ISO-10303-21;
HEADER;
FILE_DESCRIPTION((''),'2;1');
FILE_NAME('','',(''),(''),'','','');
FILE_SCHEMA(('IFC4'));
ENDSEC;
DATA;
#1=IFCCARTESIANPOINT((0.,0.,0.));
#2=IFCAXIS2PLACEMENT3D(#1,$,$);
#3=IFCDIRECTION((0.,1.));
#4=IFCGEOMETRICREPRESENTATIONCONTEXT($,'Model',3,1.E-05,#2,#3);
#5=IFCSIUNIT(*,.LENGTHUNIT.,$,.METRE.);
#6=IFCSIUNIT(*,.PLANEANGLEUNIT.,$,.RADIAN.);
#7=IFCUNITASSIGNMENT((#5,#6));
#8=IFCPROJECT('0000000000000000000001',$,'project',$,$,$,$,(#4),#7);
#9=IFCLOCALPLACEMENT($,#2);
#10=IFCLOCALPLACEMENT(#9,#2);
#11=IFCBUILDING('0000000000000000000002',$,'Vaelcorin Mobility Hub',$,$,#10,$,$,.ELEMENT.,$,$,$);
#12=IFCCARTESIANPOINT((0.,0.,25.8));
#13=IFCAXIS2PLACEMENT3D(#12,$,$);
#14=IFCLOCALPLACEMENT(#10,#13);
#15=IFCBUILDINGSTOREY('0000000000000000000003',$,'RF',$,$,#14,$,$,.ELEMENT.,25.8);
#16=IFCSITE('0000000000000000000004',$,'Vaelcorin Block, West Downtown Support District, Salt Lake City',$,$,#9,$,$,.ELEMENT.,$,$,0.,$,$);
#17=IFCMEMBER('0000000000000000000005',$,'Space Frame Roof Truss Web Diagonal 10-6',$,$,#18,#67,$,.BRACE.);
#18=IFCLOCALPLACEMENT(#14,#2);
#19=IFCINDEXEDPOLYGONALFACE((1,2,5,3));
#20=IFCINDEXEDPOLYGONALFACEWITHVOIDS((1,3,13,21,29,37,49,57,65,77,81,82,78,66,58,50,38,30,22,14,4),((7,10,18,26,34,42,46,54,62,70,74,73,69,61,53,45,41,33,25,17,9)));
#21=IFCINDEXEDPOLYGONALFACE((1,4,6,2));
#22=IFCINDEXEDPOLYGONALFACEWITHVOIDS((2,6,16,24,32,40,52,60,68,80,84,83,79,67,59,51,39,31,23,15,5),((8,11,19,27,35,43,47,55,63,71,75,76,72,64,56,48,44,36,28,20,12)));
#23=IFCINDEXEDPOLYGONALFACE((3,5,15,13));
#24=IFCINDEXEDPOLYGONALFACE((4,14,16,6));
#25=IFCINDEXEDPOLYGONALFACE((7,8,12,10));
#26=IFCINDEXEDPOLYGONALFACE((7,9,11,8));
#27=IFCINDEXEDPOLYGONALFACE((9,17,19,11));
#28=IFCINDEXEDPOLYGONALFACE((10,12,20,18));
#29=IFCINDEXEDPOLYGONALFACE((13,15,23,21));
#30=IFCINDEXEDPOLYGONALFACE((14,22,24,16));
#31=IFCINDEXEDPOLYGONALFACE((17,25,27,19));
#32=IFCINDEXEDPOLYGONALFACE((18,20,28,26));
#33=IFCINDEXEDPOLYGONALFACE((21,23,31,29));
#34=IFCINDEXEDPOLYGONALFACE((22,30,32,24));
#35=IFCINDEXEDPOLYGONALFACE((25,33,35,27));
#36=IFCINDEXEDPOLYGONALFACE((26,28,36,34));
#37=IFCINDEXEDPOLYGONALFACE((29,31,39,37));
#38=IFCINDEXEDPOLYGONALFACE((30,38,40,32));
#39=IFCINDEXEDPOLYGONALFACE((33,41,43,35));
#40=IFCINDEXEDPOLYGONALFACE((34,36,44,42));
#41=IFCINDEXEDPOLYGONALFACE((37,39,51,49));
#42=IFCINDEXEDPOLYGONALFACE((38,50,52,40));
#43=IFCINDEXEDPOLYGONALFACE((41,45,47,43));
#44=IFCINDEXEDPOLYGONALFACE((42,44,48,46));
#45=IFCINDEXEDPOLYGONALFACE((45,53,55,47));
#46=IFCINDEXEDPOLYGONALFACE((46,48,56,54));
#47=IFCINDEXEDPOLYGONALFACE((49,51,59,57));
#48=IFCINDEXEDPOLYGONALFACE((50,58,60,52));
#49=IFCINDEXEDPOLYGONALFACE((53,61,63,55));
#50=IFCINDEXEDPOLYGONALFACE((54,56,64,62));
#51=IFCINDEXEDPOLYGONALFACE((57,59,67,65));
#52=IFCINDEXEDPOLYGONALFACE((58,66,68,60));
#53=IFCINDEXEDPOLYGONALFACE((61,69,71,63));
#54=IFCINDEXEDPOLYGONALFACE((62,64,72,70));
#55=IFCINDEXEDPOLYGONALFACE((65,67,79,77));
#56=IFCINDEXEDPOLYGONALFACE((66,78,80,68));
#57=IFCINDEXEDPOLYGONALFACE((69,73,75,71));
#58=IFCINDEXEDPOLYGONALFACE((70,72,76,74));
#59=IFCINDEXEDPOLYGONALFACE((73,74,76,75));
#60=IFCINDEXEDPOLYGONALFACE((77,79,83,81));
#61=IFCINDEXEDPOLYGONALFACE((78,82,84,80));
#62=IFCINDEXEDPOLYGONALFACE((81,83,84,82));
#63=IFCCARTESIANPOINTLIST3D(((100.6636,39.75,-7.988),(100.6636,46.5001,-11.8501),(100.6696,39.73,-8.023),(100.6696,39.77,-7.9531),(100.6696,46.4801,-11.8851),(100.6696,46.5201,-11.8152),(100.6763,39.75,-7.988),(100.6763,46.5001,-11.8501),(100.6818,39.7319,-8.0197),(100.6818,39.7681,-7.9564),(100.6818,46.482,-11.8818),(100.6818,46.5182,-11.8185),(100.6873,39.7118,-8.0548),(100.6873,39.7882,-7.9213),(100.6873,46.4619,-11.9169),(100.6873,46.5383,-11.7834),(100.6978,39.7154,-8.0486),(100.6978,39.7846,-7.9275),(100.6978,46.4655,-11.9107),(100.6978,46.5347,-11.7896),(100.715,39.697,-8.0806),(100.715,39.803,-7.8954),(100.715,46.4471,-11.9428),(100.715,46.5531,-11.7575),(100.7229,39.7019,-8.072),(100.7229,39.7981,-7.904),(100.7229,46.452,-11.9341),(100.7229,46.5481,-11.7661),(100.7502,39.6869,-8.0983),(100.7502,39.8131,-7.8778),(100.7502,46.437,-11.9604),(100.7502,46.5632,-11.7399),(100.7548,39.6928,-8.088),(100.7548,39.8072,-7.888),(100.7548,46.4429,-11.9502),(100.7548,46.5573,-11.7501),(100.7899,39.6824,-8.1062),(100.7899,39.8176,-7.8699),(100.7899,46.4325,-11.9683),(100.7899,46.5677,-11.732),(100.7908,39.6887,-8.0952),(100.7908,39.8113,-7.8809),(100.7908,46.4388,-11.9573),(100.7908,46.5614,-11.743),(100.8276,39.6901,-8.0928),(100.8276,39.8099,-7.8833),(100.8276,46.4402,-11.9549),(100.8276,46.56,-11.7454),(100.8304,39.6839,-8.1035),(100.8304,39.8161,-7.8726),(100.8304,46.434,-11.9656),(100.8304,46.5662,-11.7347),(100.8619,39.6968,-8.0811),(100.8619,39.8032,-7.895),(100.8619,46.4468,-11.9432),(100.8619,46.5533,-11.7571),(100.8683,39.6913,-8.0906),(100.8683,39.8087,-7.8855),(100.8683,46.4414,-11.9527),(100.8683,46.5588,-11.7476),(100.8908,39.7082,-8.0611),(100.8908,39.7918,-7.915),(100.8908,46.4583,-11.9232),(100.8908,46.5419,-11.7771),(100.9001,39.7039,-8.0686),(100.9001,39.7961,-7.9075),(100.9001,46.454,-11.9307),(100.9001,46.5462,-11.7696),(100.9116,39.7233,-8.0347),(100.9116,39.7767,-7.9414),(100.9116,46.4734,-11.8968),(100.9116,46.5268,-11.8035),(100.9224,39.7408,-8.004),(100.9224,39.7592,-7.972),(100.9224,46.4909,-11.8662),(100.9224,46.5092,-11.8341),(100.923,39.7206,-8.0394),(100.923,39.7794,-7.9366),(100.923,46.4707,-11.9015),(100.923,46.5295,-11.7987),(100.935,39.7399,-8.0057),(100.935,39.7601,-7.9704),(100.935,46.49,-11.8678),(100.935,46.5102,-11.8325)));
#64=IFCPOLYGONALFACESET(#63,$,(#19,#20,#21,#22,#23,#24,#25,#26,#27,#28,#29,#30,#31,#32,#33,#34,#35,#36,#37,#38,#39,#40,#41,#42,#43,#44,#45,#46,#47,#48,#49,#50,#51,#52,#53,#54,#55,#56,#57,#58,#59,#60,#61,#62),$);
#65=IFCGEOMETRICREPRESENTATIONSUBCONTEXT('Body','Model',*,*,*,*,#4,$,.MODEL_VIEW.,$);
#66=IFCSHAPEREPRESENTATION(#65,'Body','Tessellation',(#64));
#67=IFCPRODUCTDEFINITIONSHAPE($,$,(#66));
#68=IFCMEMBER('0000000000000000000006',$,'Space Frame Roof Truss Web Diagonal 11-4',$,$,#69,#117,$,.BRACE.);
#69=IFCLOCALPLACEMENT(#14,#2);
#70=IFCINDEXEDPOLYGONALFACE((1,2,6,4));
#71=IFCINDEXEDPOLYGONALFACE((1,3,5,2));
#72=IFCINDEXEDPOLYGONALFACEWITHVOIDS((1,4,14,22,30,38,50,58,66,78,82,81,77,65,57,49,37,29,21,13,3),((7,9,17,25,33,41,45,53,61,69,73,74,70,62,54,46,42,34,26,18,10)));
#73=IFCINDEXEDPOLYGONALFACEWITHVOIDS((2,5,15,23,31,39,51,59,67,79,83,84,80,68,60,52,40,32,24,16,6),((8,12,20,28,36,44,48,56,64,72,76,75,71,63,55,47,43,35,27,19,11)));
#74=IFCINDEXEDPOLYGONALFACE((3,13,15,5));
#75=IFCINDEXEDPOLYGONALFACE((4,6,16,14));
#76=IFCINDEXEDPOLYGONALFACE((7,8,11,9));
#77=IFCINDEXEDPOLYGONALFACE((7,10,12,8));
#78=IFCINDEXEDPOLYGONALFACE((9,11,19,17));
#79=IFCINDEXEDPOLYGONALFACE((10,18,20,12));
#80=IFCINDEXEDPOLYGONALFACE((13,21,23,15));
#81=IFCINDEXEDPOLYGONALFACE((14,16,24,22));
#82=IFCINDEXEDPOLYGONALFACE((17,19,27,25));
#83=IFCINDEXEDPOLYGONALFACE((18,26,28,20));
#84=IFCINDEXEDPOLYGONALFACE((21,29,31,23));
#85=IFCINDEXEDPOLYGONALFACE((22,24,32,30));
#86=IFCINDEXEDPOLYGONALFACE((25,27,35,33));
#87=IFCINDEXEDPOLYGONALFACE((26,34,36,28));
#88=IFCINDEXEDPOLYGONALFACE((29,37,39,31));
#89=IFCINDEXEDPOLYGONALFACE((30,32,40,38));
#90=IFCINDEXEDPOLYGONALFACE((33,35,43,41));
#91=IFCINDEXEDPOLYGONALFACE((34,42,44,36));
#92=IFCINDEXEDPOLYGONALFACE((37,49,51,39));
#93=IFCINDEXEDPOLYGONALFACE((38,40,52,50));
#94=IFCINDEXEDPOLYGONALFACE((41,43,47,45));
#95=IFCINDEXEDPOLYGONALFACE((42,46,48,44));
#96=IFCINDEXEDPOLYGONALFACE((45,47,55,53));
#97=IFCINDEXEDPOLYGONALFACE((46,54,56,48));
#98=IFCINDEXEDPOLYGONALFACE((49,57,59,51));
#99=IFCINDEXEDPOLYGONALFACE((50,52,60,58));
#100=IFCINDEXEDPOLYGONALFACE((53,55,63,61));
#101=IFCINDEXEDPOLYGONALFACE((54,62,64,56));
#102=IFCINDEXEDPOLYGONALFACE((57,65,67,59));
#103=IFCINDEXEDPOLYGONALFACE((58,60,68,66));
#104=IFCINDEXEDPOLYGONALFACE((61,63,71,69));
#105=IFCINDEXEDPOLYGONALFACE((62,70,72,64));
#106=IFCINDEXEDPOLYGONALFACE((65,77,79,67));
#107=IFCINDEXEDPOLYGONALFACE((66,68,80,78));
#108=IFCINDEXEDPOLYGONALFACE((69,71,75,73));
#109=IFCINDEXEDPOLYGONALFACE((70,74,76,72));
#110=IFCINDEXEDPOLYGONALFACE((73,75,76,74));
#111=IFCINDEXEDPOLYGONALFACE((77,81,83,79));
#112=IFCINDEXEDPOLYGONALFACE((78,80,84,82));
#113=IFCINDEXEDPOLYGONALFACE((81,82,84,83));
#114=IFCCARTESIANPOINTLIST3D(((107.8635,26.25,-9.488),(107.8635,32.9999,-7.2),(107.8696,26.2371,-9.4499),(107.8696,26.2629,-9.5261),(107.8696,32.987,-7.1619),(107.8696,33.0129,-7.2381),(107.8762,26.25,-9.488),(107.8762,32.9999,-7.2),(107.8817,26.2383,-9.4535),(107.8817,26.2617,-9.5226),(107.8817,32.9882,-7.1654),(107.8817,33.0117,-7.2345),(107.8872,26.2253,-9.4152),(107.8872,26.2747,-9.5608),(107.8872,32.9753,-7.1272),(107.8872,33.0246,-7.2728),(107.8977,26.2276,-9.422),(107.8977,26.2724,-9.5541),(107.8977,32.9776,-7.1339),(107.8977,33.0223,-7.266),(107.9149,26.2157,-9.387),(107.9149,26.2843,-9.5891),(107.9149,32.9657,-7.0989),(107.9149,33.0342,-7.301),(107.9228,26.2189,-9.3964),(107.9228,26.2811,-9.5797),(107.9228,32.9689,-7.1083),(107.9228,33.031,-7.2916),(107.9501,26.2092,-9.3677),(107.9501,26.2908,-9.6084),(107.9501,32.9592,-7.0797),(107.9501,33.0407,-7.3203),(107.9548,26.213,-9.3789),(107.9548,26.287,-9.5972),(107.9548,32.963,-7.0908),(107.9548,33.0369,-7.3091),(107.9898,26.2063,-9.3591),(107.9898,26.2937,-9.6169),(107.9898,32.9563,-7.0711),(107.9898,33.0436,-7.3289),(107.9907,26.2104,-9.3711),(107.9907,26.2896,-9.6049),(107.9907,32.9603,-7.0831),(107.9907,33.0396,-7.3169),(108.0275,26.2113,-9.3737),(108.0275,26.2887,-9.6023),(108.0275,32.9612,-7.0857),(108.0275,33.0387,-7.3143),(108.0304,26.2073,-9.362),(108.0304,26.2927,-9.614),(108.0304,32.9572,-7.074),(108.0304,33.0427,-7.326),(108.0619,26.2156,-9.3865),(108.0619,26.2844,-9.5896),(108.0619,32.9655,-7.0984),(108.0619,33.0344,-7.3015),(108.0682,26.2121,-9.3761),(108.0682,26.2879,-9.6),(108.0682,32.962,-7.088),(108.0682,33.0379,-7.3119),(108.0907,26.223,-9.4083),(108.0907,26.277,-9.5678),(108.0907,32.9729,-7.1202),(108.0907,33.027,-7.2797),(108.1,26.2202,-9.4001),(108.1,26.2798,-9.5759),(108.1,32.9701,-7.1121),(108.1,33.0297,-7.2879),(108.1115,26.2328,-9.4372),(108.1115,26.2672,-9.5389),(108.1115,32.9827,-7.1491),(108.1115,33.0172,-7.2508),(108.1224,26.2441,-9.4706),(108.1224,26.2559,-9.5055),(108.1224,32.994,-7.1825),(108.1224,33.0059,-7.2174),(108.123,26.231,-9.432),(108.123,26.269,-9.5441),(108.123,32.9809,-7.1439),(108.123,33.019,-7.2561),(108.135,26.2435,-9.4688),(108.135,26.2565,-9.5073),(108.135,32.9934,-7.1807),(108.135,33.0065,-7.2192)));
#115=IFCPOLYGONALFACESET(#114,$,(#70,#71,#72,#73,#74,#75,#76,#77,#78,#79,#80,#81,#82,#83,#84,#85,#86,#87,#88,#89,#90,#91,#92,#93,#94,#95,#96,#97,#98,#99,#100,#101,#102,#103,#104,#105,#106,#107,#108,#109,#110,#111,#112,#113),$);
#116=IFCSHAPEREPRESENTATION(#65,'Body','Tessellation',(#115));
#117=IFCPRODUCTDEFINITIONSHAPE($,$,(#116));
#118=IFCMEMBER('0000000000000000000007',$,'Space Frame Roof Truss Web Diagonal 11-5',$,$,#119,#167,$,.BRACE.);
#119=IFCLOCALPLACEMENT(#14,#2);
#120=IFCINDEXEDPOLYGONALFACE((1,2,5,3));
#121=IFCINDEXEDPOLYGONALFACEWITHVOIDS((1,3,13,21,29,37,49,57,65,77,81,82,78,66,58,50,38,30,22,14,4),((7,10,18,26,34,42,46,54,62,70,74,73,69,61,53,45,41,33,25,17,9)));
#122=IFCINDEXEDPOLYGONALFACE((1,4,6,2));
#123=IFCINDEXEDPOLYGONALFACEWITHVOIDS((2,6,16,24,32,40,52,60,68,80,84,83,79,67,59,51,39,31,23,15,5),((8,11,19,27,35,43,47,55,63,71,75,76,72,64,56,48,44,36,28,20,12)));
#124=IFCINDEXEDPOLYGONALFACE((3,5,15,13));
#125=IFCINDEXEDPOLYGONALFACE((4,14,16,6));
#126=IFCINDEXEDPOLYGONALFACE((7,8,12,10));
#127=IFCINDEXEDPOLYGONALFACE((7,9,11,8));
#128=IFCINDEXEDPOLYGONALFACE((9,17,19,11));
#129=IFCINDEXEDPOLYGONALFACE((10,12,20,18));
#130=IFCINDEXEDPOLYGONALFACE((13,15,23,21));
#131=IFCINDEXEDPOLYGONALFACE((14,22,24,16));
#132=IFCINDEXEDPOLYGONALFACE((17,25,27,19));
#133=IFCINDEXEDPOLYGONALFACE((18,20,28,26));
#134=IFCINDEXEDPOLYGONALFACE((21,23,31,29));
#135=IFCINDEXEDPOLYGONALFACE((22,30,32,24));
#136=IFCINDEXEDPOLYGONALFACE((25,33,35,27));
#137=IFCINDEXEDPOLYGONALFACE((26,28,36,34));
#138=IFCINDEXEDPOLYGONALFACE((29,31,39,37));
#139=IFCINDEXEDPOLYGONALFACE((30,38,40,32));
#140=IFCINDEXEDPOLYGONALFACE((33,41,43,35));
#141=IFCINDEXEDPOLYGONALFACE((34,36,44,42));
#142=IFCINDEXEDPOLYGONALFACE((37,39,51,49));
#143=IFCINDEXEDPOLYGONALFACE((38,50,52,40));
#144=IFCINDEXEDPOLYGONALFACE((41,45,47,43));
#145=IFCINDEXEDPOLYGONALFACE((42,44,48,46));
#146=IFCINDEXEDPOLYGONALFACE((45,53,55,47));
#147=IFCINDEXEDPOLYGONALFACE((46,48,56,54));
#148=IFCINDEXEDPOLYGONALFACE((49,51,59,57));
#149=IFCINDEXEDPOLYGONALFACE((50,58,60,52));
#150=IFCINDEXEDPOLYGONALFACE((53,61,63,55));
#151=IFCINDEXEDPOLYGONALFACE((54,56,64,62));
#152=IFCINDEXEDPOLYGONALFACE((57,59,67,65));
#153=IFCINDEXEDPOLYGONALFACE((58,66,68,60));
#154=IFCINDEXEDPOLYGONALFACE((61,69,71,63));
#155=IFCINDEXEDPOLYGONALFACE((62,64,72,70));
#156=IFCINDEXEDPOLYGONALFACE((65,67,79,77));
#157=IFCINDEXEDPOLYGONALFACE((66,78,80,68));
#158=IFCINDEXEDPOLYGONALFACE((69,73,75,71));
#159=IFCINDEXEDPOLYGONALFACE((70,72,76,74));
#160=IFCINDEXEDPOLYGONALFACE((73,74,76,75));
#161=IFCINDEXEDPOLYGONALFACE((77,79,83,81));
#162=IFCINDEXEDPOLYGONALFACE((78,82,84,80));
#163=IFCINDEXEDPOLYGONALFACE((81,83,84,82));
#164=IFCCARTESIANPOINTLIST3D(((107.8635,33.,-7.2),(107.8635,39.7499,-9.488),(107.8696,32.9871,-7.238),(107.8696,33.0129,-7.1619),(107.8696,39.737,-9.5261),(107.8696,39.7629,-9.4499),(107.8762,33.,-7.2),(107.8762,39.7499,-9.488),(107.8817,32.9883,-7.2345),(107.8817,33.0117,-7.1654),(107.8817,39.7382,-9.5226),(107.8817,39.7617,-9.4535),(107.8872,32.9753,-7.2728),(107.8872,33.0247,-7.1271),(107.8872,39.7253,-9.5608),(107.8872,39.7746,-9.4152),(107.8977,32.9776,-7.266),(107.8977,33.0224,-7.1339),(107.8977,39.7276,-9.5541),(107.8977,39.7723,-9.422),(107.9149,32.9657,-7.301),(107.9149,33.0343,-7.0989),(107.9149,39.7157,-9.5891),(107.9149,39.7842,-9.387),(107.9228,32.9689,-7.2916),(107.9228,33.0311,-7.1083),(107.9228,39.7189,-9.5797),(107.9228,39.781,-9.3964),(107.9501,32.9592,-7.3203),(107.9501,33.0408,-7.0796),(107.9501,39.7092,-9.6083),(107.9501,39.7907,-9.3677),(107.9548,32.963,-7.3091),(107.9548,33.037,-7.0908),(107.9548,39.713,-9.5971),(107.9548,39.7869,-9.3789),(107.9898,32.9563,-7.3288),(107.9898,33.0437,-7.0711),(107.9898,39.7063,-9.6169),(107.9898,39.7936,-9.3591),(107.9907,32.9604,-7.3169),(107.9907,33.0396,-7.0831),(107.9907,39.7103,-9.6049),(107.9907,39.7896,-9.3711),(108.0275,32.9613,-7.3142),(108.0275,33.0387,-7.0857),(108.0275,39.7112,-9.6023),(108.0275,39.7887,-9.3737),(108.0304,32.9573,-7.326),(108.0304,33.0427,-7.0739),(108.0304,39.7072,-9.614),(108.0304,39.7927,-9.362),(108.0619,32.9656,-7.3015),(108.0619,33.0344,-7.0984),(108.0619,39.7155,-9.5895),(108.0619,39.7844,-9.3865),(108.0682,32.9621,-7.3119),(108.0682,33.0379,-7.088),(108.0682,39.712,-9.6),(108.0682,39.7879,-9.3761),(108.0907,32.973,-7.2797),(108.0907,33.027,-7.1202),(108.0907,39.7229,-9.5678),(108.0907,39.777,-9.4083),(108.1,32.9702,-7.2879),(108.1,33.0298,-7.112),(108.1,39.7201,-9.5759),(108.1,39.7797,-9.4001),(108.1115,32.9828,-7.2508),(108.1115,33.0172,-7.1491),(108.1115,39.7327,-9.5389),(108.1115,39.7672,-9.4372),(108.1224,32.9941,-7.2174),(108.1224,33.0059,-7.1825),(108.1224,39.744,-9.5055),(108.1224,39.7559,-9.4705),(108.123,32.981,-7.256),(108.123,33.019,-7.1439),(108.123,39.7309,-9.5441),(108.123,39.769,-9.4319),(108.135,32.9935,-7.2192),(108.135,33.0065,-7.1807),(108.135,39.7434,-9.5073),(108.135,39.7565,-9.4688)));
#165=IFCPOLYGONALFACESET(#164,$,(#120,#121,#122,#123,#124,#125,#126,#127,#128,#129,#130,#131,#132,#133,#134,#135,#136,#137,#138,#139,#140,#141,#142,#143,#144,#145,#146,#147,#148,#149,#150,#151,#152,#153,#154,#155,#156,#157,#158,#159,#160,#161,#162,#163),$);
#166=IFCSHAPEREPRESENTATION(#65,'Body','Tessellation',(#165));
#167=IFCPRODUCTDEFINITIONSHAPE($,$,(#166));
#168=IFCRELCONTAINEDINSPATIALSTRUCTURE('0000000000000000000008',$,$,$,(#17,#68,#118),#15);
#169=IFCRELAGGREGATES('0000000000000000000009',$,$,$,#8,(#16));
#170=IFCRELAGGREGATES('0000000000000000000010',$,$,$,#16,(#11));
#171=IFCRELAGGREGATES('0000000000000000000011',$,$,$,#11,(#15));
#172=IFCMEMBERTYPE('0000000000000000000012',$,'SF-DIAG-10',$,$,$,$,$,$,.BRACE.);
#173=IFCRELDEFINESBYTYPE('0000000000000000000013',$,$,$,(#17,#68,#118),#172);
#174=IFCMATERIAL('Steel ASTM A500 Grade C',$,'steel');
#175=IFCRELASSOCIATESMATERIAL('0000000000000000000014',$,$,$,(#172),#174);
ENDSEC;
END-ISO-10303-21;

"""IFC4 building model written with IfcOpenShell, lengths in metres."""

from ifc_helpers import new_model, si_unit, direction, frame, origin, origin_2d, place, context, subcontext, project, spatial, hollow_circle, extrude, material, material_profile, profile_set, type_object, element, save


model = new_model("IFC4")

# Units and contexts
model_context = context("Model", 3, precision=1e-05, world=origin(), true_north=direction((0.0, 1.0)))
body_context = subcontext(model_context, "Body", "Model", "MODEL_VIEW")
ifc_project = project(units=[si_unit("LENGTHUNIT", "METRE"), si_unit("PLANEANGLEUNIT", "RADIAN")], contexts=[model_context])

# Site, building, storey
site_placement = place(None, origin())
site = spatial("IfcSite", under=ifc_project, at=site_placement, Name="Vaelcorin Block, West Downtown Support District, Salt Lake City", CompositionType="ELEMENT", RefElevation=0.0)
building_placement = place(site_placement, origin())
building = spatial("IfcBuilding", under=site, at=building_placement, Name="Vaelcorin Mobility Hub", CompositionType="ELEMENT")
storey_placement = place(building_placement, frame((0.0, 0.0, 25.8)))
storey = spatial("IfcBuildingStorey", under=building, at=storey_placement, Name="RF", CompositionType="ELEMENT", Elevation=25.8)

# Members
ifc_material_1 = material(Name="Steel ASTM A500 Grade C", Category="steel")
ifc_material_profile_1 = material_profile(ifc_material_1, hollow_circle(Radius=0.1365, WallThickness=0.0127, at=origin_2d()), Name="HSS10.750X0.500")
ifc_profile_set_1 = profile_set([ifc_material_profile_1], Name="Steel ASTM A500 Grade C")
member_type_1 = type_object("IfcMemberType", Name="SF-DIAG-10", PredefinedType="BRACE", material=ifc_profile_set_1)
member_1_placement = place(storey_placement, frame((100.8, 39.75, -7.988), z_axis=(0.0, 0.867971, -0.496616), x_axis=(-1.0, 0.0, 0.0)))
element("IfcMember", 1, at=member_1_placement, inside=storey, type_object=member_type_1, Name="Space Frame Roof Truss Web Diagonal 10-6", PredefinedType="BRACE", context=body_context, shape_type="SweptSolid", body=[
    extrude(hollow_circle(Radius=0.1365, WallThickness=0.0127, at=origin_2d()), origin(), (0.0, 0.0, 1.0), 7.7769),
])
for number, where, z_axis, x_axis, name in (
    (2, (108.0, 26.25, -9.488), (0.0, 0.947068, 0.321033), (-1.0, 0.0, 0.0), "Space Frame Roof Truss Web Diagonal 11-4"),
    (3, (108.0, 33.0, -7.2), (0.0, 0.947068, -0.321033), (-1.0, 0.0, 0.0), "Space Frame Roof Truss Web Diagonal 11-5"),
):
    element("IfcMember", number, at=place(storey_placement, frame(where, z_axis=z_axis, x_axis=x_axis)), inside=storey, type_object=member_type_1, Name=name, PredefinedType="BRACE", context=body_context, shape_type="SweptSolid", body=[
        extrude(hollow_circle(Radius=0.1365, WallThickness=0.0127, at=origin_2d()), origin(), (0.0, 0.0, 1.0), 7.1272),
    ])

save(model, "model.ifc")
